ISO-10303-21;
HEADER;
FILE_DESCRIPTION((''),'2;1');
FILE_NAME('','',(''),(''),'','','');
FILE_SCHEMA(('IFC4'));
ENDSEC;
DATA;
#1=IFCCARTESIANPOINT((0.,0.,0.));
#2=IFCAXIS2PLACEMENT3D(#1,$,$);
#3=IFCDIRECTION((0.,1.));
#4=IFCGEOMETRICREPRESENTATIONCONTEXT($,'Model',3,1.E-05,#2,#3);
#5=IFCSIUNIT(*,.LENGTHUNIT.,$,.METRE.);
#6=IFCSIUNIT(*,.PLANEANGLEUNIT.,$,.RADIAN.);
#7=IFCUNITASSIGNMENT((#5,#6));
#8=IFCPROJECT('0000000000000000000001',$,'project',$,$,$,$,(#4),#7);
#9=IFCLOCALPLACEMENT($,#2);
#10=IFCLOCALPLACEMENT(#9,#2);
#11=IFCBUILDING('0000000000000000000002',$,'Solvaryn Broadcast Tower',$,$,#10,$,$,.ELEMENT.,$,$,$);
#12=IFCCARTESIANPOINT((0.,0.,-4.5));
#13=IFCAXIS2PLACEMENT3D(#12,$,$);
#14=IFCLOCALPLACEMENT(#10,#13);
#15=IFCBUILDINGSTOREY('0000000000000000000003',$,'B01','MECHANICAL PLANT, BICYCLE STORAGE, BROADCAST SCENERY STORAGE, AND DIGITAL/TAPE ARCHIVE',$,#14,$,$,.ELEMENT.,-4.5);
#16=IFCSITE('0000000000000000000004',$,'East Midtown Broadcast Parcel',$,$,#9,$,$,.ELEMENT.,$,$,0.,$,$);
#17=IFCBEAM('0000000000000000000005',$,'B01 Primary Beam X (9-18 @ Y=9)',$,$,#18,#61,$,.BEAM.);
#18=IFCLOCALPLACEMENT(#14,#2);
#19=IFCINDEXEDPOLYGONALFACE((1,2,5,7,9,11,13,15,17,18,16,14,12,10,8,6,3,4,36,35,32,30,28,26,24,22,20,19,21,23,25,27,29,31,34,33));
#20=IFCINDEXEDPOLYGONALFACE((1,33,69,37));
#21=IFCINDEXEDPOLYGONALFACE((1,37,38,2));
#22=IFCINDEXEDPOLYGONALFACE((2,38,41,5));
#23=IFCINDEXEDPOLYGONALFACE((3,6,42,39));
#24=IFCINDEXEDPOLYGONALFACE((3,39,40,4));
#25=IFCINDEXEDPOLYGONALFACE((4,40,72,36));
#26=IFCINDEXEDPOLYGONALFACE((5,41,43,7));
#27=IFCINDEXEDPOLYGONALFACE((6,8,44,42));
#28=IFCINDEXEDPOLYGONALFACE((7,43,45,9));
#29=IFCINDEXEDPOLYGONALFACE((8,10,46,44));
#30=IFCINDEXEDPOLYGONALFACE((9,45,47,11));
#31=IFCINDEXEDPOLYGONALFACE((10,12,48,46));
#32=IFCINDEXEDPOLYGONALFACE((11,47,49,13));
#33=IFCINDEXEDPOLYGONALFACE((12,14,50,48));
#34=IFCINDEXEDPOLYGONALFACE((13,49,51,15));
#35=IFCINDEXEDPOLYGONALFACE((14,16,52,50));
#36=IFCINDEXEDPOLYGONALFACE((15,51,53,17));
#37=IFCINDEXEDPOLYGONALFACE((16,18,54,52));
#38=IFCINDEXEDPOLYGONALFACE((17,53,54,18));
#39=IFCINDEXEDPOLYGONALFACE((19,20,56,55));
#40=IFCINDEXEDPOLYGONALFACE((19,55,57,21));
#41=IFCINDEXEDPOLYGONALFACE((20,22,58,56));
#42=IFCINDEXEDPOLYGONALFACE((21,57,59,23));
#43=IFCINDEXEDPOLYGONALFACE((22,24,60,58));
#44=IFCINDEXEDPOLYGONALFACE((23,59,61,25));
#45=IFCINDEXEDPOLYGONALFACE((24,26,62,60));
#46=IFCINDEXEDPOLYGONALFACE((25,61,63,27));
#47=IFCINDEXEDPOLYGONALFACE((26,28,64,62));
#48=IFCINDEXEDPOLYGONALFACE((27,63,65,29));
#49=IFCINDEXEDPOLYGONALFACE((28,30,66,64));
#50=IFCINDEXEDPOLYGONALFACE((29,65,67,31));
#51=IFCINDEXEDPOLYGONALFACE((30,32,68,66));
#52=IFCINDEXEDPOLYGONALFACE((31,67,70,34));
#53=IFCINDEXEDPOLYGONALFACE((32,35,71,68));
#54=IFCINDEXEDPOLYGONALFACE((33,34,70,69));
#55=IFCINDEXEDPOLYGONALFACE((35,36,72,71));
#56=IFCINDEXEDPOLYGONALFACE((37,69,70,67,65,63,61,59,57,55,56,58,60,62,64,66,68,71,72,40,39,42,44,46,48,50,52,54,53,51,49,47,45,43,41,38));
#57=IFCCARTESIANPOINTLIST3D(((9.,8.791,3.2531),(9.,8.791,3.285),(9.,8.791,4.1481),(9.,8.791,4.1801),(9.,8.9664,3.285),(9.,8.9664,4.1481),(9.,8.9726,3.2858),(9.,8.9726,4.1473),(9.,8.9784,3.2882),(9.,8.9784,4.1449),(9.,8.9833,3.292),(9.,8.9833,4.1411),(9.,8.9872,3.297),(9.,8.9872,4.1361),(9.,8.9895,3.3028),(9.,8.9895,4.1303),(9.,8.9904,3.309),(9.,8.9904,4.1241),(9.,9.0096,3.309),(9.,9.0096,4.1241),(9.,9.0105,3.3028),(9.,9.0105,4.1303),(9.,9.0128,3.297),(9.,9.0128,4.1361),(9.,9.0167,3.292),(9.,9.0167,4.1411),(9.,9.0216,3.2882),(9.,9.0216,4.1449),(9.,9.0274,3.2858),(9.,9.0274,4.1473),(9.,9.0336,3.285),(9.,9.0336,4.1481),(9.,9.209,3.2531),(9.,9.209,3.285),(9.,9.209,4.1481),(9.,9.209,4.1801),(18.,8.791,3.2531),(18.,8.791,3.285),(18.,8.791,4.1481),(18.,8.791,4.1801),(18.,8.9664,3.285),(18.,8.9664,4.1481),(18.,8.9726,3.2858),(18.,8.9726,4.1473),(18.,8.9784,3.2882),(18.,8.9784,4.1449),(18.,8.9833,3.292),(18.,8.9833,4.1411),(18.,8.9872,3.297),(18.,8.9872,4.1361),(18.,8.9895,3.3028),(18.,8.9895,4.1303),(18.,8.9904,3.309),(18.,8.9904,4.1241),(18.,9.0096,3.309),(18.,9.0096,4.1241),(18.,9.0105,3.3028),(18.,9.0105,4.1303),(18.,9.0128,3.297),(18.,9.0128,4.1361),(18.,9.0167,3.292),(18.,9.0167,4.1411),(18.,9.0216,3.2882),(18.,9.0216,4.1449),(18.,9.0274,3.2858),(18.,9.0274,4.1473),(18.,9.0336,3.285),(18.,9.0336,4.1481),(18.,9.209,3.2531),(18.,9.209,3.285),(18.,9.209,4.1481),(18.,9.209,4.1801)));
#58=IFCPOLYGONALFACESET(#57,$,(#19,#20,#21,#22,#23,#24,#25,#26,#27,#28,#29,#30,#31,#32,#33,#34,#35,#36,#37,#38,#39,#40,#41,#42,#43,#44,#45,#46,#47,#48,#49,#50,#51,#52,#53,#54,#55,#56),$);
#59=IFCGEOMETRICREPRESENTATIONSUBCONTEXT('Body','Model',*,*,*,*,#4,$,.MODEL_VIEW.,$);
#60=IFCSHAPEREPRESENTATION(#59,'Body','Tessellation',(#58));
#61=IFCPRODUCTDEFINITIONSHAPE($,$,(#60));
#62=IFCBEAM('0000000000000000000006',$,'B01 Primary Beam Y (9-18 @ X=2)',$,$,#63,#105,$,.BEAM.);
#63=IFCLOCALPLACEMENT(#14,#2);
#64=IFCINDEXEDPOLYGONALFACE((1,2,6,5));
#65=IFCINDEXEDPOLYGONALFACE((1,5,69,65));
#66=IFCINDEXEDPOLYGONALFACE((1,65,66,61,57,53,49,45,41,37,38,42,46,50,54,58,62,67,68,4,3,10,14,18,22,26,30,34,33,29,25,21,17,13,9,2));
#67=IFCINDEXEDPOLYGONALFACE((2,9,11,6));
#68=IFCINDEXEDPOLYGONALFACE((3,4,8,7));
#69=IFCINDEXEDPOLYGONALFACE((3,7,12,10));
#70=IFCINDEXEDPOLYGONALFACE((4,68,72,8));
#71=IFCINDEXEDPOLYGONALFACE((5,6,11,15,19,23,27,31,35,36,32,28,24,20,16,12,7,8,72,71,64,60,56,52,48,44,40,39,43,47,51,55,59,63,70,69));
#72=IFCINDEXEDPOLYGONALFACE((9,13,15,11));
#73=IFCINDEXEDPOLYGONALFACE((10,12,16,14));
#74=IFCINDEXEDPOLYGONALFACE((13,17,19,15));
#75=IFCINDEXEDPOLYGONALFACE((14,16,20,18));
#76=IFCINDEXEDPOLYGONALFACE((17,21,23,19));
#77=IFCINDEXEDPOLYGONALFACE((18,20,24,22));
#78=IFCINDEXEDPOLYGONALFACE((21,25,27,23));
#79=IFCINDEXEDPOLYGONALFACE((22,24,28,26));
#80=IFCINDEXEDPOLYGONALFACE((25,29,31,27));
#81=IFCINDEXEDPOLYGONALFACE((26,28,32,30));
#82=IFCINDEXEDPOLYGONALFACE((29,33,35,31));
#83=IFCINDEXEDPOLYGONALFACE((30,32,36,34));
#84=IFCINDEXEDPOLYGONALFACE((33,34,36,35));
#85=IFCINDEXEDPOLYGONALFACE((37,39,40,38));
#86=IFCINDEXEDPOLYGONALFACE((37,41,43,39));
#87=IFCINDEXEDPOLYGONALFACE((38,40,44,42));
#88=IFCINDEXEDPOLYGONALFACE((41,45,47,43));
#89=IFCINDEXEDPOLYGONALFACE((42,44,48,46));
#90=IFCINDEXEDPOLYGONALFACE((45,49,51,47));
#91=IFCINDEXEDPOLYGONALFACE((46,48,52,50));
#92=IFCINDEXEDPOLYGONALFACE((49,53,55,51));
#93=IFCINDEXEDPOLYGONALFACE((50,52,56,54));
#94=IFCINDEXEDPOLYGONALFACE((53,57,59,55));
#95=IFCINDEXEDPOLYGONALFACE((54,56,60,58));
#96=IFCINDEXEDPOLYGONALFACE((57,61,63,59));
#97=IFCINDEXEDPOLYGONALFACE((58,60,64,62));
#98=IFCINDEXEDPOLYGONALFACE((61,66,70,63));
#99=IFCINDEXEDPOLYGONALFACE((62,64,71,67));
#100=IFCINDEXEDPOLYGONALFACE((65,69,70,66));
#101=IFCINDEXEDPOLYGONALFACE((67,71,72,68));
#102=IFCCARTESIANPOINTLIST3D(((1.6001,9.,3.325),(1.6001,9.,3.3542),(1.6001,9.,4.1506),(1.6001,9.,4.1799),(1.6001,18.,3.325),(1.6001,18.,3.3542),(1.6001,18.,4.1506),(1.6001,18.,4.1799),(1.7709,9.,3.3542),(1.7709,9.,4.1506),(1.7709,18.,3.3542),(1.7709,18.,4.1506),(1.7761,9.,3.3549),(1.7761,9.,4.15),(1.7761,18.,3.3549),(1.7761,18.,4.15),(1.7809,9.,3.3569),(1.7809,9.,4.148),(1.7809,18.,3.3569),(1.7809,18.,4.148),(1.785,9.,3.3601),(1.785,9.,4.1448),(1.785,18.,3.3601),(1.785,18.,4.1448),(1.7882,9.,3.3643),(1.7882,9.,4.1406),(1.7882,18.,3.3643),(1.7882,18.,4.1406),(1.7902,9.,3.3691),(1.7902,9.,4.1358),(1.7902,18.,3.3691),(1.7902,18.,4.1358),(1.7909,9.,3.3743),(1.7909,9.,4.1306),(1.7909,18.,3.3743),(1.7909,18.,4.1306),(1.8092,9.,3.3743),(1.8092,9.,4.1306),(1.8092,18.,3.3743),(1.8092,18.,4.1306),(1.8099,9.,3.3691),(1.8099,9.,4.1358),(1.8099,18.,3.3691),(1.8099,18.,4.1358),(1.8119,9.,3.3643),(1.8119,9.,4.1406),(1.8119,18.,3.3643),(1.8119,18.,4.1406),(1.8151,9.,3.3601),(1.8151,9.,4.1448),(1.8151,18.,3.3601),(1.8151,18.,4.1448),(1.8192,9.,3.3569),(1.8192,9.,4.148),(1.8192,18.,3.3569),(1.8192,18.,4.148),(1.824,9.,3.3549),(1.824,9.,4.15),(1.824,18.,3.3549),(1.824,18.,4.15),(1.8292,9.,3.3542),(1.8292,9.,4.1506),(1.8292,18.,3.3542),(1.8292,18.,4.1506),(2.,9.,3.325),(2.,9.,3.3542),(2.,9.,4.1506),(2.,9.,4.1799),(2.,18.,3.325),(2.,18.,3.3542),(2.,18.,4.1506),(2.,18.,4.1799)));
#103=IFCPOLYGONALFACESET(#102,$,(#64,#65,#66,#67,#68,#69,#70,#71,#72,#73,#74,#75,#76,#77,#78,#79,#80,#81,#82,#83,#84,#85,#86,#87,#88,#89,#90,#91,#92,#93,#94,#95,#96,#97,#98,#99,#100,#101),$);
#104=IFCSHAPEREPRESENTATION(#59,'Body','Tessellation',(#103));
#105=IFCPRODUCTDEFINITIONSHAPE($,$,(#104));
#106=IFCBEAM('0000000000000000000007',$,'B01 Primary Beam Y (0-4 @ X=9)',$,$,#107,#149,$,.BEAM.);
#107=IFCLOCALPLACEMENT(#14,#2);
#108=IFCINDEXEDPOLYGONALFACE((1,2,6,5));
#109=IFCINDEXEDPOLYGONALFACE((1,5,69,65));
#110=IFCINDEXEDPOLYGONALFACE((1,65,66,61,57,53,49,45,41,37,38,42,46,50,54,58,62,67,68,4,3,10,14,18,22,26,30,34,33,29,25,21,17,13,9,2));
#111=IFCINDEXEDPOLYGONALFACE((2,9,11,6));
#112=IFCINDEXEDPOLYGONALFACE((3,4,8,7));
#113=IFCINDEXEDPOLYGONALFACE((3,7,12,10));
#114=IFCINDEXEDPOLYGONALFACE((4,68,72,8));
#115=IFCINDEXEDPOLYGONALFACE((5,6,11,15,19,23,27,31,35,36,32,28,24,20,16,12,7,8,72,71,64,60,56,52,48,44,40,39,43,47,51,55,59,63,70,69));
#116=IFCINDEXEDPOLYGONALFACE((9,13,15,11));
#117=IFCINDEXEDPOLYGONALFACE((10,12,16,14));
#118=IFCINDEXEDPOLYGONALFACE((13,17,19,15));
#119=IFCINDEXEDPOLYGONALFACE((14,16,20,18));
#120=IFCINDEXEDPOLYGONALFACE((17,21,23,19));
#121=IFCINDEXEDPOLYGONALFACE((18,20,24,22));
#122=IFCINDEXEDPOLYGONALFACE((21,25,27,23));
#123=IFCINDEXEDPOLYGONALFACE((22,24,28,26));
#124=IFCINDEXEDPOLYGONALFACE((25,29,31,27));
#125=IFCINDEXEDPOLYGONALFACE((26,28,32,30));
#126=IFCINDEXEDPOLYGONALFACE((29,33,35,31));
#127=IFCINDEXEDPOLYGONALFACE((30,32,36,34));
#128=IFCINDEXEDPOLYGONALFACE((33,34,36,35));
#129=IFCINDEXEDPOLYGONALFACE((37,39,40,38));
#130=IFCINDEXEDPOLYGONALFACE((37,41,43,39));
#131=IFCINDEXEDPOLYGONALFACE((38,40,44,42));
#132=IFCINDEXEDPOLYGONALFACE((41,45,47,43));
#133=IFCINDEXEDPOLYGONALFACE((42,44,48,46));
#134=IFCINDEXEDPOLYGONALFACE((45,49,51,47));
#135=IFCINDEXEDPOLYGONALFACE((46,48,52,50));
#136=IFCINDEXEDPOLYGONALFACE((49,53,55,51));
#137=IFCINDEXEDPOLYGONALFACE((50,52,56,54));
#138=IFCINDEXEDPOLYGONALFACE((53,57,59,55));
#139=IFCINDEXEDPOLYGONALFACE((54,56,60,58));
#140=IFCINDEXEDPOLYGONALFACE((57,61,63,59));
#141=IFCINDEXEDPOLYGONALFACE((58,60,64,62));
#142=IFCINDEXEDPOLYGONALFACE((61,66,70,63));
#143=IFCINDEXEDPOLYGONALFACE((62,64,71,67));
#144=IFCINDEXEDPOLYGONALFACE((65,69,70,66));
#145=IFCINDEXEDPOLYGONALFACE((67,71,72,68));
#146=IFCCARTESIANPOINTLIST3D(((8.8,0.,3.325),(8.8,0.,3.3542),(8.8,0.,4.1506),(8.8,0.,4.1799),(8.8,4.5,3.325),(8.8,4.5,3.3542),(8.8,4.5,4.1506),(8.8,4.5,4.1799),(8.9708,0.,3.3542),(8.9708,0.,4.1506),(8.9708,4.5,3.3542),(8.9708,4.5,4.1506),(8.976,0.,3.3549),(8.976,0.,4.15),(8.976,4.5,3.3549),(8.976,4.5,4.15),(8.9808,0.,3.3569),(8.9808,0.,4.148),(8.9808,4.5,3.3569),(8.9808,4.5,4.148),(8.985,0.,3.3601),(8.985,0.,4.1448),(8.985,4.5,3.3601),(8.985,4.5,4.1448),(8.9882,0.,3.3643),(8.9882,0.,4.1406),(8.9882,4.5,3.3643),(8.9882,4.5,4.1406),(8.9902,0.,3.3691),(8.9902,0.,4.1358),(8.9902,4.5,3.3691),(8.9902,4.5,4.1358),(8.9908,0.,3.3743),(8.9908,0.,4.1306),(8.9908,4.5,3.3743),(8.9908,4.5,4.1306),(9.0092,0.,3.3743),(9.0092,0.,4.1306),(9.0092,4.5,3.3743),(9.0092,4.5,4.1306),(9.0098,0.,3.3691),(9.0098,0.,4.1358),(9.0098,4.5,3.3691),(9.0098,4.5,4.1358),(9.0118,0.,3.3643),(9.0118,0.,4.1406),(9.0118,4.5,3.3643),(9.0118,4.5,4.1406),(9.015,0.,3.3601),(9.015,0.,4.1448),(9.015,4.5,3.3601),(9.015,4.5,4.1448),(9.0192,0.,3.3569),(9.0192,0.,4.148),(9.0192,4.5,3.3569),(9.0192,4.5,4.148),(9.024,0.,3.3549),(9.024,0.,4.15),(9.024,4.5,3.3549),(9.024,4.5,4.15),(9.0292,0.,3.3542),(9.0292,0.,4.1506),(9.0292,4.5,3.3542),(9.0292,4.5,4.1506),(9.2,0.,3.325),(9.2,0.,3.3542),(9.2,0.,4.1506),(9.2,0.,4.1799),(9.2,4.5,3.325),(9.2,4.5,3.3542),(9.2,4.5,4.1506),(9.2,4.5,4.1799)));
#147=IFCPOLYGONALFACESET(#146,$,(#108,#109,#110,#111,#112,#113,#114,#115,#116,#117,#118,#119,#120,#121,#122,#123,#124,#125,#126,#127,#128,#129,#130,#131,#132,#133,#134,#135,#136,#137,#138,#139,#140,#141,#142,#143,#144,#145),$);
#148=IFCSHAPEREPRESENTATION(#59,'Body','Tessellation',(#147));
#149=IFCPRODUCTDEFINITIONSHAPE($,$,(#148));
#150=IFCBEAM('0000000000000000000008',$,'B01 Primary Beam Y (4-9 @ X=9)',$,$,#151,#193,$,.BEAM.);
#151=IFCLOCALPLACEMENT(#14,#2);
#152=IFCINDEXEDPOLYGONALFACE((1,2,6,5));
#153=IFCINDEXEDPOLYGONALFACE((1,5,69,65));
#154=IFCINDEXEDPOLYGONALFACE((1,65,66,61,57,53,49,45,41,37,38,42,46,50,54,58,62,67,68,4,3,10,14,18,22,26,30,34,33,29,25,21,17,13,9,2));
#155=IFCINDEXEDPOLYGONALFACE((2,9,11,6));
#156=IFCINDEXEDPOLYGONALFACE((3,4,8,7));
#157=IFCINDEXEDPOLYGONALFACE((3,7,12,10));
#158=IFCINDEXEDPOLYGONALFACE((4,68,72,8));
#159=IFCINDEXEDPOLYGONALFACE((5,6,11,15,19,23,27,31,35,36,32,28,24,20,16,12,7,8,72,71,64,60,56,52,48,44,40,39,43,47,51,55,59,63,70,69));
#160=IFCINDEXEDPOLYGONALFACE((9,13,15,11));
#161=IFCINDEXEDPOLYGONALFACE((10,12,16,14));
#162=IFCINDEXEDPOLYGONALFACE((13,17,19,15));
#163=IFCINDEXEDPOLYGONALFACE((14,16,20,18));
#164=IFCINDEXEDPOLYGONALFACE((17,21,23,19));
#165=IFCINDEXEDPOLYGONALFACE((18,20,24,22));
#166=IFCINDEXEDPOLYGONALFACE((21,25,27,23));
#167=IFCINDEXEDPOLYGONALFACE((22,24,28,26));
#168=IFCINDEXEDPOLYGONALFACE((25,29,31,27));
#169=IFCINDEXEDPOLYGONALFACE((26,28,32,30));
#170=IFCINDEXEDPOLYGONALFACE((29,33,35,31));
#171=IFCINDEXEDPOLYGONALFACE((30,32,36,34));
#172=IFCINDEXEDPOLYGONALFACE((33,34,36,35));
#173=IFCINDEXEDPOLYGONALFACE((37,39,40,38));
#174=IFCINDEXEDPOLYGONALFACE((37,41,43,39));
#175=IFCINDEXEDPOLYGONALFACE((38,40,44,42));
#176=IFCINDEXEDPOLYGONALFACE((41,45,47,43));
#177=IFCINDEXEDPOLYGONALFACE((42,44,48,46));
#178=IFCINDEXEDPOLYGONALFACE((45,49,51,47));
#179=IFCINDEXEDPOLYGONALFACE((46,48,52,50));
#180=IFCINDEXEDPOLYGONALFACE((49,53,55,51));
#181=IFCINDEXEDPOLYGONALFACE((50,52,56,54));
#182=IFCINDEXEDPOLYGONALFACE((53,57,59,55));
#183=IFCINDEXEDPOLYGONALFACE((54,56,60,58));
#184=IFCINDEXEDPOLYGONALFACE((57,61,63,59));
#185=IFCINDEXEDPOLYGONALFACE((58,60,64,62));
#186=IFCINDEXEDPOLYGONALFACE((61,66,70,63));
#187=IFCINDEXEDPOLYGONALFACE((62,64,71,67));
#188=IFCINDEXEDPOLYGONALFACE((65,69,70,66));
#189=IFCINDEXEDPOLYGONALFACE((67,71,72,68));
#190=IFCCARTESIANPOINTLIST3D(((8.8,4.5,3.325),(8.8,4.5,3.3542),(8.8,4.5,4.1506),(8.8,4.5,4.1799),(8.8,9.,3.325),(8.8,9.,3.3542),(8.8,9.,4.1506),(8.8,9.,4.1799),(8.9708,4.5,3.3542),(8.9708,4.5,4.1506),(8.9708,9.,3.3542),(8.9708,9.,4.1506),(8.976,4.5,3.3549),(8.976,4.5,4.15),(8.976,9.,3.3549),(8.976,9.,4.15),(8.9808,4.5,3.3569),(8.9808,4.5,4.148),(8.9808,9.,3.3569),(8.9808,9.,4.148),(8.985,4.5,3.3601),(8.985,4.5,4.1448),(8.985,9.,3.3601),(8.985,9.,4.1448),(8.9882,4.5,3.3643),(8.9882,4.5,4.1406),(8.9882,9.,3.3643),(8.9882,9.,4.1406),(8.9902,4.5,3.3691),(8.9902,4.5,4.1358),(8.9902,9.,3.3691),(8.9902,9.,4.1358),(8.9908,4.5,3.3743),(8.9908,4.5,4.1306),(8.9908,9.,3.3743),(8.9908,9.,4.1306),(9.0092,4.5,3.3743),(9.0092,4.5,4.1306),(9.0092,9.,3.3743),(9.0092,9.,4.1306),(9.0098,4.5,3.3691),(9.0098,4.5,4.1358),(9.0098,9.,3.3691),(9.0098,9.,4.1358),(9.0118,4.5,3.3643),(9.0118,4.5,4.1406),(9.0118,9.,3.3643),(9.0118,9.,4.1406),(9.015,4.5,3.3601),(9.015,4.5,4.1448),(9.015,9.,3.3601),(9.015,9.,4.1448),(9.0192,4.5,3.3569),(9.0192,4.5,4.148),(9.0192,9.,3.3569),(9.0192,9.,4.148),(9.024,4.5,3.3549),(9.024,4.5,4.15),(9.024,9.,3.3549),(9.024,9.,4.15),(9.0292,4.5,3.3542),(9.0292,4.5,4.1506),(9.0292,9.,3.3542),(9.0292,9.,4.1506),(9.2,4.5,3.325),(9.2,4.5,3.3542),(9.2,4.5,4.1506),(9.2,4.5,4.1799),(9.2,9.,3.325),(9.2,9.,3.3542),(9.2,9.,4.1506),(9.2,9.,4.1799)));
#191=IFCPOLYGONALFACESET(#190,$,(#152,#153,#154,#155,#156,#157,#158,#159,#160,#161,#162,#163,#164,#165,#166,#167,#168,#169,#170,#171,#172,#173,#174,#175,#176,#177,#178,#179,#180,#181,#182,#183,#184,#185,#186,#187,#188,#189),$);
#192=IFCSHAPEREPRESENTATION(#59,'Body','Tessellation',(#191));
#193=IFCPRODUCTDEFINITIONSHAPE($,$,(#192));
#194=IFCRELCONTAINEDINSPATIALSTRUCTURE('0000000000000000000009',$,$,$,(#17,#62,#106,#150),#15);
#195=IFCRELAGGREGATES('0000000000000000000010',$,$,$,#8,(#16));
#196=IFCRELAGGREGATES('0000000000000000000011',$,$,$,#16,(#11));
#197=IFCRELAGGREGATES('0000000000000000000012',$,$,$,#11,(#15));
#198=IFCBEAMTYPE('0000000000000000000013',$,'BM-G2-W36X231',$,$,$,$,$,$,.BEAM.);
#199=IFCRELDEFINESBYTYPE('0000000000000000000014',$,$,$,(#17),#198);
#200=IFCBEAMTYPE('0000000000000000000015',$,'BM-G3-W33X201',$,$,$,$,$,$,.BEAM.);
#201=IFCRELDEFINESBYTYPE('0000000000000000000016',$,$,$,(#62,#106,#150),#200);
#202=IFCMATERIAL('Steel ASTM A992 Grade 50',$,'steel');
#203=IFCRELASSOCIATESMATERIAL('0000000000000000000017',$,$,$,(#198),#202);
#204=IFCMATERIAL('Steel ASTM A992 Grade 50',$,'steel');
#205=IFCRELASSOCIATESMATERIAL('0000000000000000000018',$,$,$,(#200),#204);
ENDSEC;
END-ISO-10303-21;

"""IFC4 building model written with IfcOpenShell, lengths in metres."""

from ifc_helpers import new_model, si_unit, direction, frame, origin, origin_2d, place, context, subcontext, project, spatial, i_section, extrude, material, material_profile, profile_set, type_object, element, save


model = new_model("IFC4")

# Units and contexts
model_context = context("Model", 3, precision=1e-05, world=origin(), true_north=direction((0.0, 1.0)))
body_context = subcontext(model_context, "Body", "Model", "MODEL_VIEW")
ifc_project = project(units=[si_unit("LENGTHUNIT", "METRE"), si_unit("PLANEANGLEUNIT", "RADIAN")], contexts=[model_context])

# Site, building, storey
site_placement = place(None, origin())
site = spatial("IfcSite", under=ifc_project, at=site_placement, Name="East Midtown Broadcast Parcel", CompositionType="ELEMENT", RefElevation=0.0)
building_placement = place(site_placement, origin())
building = spatial("IfcBuilding", under=site, at=building_placement, Name="Solvaryn Broadcast Tower", CompositionType="ELEMENT")
storey_placement = place(building_placement, frame((0.0, 0.0, -4.5)))
storey = spatial("IfcBuildingStorey", under=building, at=storey_placement, Name="B01", Description="MECHANICAL PLANT, BICYCLE STORAGE, BROADCAST SCENERY STORAGE, AND DIGITAL/TAPE ARCHIVE", CompositionType="ELEMENT", Elevation=-4.5)

# Beams
ifc_material_1 = material(Name="Steel ASTM A992 Grade 50", Category="steel")
ifc_material_profile_1 = material_profile(ifc_material_1, i_section(OverallWidth=0.418, OverallDepth=0.927, WebThickness=0.0193, FlangeThickness=0.032, FilletRadius=0.0239, at=origin_2d()))
ifc_profile_set_1 = profile_set([ifc_material_profile_1], Name="Steel ASTM A992 Grade 50")
beam_type_1 = type_object("IfcBeamType", Name="BM-G2-W36X231", PredefinedType="BEAM", material=ifc_profile_set_1)
beam_1_placement = place(storey_placement, frame((9.0, 9.0, 3.7166), z_axis=(1.0, 0.0, 0.0), x_axis=(0.0, 1.0, 0.0)))
element("IfcBeam", 1, at=beam_1_placement, inside=storey, type_object=beam_type_1, Name="B01 Primary Beam X (9-18 @ Y=9)", PredefinedType="BEAM", context=body_context, shape_type="SweptSolid", body=[
    extrude(i_section(OverallWidth=0.418, OverallDepth=0.927, WebThickness=0.0193, FlangeThickness=0.032, FilletRadius=0.0239, at=origin_2d()), origin(), (0.0, 0.0, 1.0), 9.0),
])
ifc_material_2 = material(Name="Steel ASTM A992 Grade 50", Category="steel")
ifc_material_profile_2 = material_profile(ifc_material_2, i_section(OverallWidth=0.3999, OverallDepth=0.855, WebThickness=0.0183, FlangeThickness=0.0293, FilletRadius=0.02, at=origin_2d()))
ifc_profile_set_2 = profile_set([ifc_material_profile_2], Name="Steel ASTM A992 Grade 50")
beam_type_2 = type_object("IfcBeamType", Name="BM-G3-W33X201", PredefinedType="BEAM", material=ifc_profile_set_2)
beam_2_placement = place(storey_placement, frame((1.8, 9.0, 3.7524), z_axis=(0.0, 1.0, 0.0), x_axis=(-1.0, 0.0, 0.0)))
element("IfcBeam", 2, at=beam_2_placement, inside=storey, type_object=beam_type_2, Name="B01 Primary Beam Y (9-18 @ X=2)", PredefinedType="BEAM", context=body_context, shape_type="SweptSolid", body=[
    extrude(i_section(OverallWidth=0.3999, OverallDepth=0.855, WebThickness=0.0183, FlangeThickness=0.0293, FilletRadius=0.02, at=origin_2d()), origin(), (0.0, 0.0, 1.0), 9.0),
])
for number, where, z_axis, x_axis, name in (
    (3, (9.0, 0.0, 3.7524), (0.0, 1.0, 0.0), (-1.0, 0.0, 0.0), "B01 Primary Beam Y (0-4 @ X=9)"),
    (4, (9.0, 4.5, 3.7524), (0.0, 1.0, 0.0), (-1.0, 0.0, 0.0), "B01 Primary Beam Y (4-9 @ X=9)"),
):
    element("IfcBeam", number, at=place(storey_placement, frame(where, z_axis=z_axis, x_axis=x_axis)), inside=storey, type_object=beam_type_2, Name=name, PredefinedType="BEAM", context=body_context, shape_type="SweptSolid", body=[
        extrude(i_section(OverallWidth=0.3999, OverallDepth=0.855, WebThickness=0.0183, FlangeThickness=0.0293, FilletRadius=0.02, at=origin_2d()), origin(), (0.0, 0.0, 1.0), 4.5),
    ])

save(model, "model.ifc")
